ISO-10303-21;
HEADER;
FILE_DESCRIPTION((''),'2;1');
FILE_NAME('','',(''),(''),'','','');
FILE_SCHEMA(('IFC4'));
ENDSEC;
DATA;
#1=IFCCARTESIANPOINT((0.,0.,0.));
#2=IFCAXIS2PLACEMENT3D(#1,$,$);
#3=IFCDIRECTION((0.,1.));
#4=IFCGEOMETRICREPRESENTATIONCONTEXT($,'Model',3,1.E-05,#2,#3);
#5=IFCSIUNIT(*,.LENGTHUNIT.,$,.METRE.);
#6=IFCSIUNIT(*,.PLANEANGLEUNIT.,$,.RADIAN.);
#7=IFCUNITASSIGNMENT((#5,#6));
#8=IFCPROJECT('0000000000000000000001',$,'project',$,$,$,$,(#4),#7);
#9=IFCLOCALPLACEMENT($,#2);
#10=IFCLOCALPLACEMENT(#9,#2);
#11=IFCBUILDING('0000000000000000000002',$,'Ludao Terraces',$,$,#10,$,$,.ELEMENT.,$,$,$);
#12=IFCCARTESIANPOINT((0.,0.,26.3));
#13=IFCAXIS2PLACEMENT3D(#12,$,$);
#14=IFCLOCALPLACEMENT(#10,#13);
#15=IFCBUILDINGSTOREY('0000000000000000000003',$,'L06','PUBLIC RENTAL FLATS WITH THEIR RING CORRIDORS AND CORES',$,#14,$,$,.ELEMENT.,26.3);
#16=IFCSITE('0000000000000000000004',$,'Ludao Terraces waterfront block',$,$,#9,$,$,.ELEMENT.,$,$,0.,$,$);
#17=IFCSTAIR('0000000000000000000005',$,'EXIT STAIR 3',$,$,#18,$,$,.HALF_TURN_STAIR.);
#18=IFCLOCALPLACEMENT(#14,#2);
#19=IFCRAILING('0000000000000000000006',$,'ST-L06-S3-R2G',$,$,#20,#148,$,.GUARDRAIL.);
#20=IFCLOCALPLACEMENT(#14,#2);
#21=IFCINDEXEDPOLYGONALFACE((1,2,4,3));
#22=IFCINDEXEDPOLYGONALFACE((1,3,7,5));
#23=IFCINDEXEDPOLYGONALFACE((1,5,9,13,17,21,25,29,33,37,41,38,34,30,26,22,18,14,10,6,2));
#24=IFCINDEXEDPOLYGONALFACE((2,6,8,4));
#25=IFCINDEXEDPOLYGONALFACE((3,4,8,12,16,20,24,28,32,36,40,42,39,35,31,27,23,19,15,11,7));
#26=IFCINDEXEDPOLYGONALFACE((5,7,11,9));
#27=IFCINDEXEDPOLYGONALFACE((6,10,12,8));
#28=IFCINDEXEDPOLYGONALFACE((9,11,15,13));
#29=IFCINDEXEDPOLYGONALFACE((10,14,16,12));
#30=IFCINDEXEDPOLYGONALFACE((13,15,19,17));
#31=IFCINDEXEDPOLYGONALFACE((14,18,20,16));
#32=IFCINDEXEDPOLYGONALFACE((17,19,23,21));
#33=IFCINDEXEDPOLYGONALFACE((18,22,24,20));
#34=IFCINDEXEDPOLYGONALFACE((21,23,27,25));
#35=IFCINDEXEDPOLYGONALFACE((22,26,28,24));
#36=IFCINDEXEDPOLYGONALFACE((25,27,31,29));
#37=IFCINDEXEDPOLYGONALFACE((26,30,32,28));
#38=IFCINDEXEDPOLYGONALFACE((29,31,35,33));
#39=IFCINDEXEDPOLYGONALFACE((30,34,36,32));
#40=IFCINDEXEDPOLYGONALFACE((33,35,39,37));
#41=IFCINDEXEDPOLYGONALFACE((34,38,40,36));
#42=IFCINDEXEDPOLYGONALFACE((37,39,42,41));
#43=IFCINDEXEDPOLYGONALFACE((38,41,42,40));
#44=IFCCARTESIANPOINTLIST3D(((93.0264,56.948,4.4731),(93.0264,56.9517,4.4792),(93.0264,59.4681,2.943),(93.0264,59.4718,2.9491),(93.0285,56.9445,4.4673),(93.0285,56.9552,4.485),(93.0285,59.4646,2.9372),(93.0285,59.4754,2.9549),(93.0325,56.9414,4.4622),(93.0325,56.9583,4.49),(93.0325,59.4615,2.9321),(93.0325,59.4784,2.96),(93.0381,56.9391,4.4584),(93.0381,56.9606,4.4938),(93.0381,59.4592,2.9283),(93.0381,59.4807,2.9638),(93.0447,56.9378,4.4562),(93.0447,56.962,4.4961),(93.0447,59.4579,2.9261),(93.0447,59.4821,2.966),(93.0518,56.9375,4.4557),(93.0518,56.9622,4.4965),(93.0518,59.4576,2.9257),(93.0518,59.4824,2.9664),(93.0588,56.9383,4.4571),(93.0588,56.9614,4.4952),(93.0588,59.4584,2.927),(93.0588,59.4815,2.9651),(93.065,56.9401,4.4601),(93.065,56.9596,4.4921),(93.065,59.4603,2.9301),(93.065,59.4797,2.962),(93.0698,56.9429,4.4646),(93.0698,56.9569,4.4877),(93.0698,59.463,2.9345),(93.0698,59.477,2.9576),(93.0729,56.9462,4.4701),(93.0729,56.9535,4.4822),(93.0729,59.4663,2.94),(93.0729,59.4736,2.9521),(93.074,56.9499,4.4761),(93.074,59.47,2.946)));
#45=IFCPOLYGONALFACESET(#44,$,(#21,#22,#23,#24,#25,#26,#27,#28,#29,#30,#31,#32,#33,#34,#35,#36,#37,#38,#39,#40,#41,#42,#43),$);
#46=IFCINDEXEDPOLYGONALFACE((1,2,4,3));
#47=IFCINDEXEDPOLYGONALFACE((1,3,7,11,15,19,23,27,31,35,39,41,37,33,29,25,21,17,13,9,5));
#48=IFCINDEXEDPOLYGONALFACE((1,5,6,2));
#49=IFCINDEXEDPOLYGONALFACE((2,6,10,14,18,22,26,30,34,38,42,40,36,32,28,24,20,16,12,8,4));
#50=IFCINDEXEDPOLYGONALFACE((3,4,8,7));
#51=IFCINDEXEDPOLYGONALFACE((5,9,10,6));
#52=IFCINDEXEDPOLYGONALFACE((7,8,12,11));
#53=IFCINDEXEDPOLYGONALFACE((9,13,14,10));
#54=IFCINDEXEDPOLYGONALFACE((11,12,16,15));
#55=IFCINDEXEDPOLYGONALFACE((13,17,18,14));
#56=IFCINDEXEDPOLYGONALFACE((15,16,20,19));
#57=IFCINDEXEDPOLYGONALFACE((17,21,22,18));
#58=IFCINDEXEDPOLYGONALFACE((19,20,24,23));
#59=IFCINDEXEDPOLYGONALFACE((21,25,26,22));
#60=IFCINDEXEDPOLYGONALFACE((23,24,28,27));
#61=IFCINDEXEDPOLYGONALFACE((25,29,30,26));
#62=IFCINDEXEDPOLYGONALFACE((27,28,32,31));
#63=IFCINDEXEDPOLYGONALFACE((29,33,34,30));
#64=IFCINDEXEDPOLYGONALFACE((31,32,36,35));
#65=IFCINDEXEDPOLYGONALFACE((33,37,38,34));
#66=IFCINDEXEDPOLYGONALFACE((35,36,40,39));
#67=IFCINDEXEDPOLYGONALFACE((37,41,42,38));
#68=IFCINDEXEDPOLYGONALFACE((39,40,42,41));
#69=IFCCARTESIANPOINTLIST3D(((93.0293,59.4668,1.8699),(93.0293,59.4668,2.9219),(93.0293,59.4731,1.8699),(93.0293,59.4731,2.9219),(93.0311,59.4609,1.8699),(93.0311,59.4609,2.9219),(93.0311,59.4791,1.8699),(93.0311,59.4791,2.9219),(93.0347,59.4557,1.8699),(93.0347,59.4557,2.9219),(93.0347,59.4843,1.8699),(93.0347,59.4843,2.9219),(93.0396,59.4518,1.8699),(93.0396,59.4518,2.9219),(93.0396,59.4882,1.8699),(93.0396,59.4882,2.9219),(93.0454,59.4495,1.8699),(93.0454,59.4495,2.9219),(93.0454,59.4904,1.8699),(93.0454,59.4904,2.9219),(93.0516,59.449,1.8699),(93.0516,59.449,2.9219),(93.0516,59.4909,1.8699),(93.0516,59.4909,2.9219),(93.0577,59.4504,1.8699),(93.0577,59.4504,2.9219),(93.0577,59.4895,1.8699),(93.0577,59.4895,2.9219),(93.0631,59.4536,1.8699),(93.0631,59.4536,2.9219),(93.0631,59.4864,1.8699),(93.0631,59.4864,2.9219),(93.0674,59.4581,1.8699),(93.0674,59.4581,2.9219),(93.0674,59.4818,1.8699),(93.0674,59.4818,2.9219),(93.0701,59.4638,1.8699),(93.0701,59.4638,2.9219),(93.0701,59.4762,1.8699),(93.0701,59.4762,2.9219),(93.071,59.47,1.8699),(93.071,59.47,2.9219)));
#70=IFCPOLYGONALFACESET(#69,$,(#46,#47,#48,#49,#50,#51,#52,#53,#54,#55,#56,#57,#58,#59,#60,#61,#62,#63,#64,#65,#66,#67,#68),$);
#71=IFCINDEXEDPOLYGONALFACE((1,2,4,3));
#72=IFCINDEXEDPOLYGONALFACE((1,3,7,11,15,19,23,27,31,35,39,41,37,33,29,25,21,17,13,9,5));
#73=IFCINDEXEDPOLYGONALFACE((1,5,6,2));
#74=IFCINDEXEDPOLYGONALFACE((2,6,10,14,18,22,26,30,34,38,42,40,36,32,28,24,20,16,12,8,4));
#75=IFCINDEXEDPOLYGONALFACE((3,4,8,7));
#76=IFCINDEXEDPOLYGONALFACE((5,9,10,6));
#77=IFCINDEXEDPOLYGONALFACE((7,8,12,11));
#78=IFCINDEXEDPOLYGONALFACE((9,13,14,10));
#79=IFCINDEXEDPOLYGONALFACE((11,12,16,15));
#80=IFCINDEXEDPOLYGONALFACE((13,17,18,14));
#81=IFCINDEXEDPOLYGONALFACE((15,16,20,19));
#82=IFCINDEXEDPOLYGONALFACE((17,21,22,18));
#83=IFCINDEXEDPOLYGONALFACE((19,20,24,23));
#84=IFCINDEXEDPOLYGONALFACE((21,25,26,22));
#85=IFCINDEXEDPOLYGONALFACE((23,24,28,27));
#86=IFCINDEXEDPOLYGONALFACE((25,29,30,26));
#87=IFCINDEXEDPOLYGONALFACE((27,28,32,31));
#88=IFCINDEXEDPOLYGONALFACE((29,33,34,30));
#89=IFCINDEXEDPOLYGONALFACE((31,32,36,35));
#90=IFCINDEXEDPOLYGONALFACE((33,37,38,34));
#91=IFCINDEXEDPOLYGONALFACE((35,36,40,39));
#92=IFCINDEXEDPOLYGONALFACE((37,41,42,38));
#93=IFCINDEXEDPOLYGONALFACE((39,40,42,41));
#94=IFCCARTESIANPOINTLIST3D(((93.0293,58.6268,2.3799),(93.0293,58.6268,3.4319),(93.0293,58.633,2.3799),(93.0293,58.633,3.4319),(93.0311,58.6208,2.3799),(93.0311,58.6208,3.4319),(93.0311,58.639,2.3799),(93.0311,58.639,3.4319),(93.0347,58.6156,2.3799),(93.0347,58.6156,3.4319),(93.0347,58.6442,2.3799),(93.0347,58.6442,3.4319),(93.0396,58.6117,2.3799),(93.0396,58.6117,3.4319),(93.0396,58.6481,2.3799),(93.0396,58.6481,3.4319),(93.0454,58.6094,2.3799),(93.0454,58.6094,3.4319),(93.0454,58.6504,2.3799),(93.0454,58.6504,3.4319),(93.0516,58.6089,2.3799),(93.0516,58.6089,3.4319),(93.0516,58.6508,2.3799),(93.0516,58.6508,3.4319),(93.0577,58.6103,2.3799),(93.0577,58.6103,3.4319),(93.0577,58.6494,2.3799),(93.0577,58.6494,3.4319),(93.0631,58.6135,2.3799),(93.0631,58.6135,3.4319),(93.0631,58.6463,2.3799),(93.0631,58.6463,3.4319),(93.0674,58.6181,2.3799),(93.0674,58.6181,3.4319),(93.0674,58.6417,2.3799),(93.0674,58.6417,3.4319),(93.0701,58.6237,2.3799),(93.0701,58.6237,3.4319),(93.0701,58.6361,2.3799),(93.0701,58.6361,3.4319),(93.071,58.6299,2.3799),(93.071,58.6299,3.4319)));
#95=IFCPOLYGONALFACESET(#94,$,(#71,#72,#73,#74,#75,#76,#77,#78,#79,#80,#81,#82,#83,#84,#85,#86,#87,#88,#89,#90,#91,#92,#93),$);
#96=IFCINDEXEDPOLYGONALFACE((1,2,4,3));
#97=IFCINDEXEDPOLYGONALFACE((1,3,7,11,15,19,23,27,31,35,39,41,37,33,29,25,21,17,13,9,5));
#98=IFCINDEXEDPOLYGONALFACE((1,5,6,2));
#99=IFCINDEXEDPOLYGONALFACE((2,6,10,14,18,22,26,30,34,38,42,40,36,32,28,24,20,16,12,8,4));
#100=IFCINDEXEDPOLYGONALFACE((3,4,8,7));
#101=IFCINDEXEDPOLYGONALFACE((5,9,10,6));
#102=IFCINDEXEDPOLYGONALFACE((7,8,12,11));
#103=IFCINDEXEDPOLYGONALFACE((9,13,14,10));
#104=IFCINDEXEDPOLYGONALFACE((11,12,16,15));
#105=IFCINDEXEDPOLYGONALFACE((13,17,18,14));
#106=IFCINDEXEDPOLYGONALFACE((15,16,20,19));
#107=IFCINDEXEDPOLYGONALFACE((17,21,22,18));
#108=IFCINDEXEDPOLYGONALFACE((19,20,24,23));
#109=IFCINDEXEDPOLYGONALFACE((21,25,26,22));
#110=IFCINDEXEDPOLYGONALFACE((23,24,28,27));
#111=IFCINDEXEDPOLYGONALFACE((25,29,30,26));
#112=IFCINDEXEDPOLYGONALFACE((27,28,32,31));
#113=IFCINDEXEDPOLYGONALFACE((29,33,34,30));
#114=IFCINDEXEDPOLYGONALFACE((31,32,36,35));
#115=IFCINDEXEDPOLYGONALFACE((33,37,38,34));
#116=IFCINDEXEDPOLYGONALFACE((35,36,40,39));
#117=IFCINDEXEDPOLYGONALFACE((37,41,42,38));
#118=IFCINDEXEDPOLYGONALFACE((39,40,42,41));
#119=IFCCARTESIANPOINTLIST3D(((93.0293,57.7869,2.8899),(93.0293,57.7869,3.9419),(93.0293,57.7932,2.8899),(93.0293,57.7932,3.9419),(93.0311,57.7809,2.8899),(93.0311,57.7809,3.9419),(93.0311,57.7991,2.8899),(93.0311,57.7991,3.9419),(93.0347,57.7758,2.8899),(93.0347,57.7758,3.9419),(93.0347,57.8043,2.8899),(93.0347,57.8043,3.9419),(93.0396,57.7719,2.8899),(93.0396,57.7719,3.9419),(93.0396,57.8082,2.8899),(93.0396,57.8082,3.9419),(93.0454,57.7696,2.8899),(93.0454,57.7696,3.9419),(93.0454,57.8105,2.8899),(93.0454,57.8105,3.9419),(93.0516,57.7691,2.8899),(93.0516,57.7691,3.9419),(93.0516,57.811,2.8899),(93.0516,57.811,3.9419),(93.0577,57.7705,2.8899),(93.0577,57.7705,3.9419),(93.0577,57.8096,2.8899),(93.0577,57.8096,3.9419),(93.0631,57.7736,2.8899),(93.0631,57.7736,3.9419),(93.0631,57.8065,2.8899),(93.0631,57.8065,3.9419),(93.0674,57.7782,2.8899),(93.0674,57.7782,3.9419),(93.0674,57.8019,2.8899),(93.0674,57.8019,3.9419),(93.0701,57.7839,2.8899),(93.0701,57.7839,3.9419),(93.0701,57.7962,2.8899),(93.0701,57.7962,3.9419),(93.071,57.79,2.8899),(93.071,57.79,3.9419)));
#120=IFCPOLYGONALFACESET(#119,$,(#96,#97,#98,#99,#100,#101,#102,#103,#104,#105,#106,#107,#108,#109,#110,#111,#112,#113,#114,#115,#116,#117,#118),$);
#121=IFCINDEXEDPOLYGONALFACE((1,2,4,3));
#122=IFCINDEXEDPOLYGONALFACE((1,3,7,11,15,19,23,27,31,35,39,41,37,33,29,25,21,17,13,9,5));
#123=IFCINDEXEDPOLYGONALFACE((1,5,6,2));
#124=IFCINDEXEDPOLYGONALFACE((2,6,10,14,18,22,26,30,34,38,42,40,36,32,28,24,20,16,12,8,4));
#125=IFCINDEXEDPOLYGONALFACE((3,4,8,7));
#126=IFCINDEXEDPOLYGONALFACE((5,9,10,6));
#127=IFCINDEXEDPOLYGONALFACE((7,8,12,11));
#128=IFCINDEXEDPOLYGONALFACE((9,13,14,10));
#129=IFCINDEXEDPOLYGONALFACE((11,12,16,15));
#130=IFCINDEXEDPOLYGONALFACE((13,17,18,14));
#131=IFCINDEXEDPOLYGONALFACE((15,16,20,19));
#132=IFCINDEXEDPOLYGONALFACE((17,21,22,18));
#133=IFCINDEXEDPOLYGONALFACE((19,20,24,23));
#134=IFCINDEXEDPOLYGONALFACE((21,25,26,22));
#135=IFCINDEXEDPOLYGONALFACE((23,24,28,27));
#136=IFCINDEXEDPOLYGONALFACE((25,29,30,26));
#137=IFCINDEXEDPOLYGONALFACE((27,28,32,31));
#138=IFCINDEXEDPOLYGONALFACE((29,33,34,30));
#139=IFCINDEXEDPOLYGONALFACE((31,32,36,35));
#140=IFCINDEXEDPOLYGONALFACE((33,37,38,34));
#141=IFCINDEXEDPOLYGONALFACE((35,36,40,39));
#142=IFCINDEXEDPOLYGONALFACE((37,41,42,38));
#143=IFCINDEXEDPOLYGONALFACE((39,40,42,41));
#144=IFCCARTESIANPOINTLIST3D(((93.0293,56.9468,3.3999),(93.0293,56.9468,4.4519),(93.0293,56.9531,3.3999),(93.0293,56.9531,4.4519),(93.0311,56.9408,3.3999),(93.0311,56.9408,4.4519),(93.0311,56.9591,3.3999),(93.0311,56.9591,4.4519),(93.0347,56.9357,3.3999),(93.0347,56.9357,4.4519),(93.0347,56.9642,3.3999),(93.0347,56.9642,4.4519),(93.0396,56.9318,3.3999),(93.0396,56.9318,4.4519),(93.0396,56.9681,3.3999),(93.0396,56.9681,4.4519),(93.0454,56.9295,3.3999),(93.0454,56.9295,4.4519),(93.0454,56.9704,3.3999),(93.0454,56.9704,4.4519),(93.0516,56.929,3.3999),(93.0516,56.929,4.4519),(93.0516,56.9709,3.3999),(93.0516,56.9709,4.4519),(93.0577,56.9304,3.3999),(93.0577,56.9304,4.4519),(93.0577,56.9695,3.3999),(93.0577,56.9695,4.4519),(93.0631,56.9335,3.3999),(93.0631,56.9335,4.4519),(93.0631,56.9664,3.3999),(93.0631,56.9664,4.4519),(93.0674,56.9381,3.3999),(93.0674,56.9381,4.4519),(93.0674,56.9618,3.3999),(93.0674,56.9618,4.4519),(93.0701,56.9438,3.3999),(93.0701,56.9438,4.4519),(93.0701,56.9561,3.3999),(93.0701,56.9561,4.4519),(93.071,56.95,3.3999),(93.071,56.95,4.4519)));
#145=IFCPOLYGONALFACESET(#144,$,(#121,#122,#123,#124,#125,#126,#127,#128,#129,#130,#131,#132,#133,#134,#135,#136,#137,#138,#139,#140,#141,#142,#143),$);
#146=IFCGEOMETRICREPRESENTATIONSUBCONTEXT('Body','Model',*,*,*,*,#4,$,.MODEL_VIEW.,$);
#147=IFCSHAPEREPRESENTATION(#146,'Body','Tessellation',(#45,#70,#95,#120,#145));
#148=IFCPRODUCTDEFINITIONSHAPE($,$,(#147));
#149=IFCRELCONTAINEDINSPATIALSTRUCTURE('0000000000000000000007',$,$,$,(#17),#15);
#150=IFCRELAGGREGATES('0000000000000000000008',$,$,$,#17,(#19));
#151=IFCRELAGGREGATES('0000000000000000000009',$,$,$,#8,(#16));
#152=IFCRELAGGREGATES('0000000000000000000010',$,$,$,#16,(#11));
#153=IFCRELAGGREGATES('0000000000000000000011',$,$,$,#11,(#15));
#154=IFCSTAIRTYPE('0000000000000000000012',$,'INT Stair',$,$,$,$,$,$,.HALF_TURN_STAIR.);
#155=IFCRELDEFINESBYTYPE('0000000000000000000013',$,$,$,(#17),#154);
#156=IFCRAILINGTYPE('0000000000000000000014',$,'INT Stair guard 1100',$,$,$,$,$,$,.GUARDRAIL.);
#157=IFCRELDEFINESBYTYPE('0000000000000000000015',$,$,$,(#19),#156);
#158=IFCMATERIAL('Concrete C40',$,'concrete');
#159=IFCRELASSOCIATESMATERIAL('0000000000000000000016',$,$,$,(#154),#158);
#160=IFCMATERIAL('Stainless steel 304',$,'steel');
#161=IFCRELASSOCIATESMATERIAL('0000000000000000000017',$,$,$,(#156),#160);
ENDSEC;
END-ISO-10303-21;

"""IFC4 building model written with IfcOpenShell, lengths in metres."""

from ifc_helpers import new_model, si_unit, direction, frame, origin, origin_2d, place, context, subcontext, project, spatial, circle, extrude, material, type_object, element, aggregate, save


model = new_model("IFC4")

# Units and contexts
model_context = context("Model", 3, precision=1e-05, world=origin(), true_north=direction((0.0, 1.0)))
body_context = subcontext(model_context, "Body", "Model", "MODEL_VIEW")
ifc_project = project(units=[si_unit("LENGTHUNIT", "METRE"), si_unit("PLANEANGLEUNIT", "RADIAN")], contexts=[model_context])

# Site, building, storey
site_placement = place(None, origin())
site = spatial("IfcSite", under=ifc_project, at=site_placement, Name="Ludao Terraces waterfront block", CompositionType="ELEMENT", RefElevation=0.0)
building_placement = place(site_placement, origin())
building = spatial("IfcBuilding", under=site, at=building_placement, Name="Ludao Terraces", CompositionType="ELEMENT")
storey_placement = place(building_placement, frame((0.0, 0.0, 26.3)))
storey = spatial("IfcBuildingStorey", under=building, at=storey_placement, Name="L06", Description="PUBLIC RENTAL FLATS WITH THEIR RING CORRIDORS AND CORES", CompositionType="ELEMENT", Elevation=26.3)

# Stair, railing
ifc_material_1 = material(Name="Concrete C40", Category="concrete")
stair_type = type_object("IfcStairType", Name="INT Stair", PredefinedType="HALF_TURN_STAIR", material=ifc_material_1)
stair_placement = place(storey_placement, origin())
stair = element("IfcStair", 1, at=stair_placement, inside=storey, type_object=stair_type, Name="EXIT STAIR 3", PredefinedType="HALF_TURN_STAIR")
ifc_material_2 = material(Name="Stainless steel 304", Category="steel")
railing_type_1 = type_object("IfcRailingType", Name="INT Stair guard 1100", PredefinedType="GUARDRAIL", material=ifc_material_2)
railing_1_placement = place(storey_placement, frame((93.05, 59.47, 1.8699)))
railing_1 = element("IfcRailing", 2, at=railing_1_placement, type_object=railing_type_1, Name="ST-L06-S3-R2G", PredefinedType="GUARDRAIL", context=body_context, shape_type="SweptSolid", body=[
    extrude(circle(Radius=0.0239, at=origin_2d()), frame((0.0, 0.0, 1.0762), z_axis=(0.0, -0.854785, 0.518982), x_axis=(1.0, 0.0, 0.0)), (0.0, 0.0, 1.0), 2.9482),
    extrude(circle(Radius=0.021, at=origin_2d()), origin(), (0.0, 0.0, 1.0), 1.052),
    extrude(circle(Radius=0.021, at=origin_2d()), frame((0.0, -0.8401, 0.51)), (0.0, 0.0, 1.0), 1.052),
    extrude(circle(Radius=0.021, at=origin_2d()), frame((0.0, -1.6799, 1.02)), (0.0, 0.0, 1.0), 1.052),
    extrude(circle(Radius=0.021, at=origin_2d()), frame((0.0, -2.52, 1.53)), (0.0, 0.0, 1.0), 1.052),
])
aggregate(stair, [railing_1])

save(model, "model.ifc")
